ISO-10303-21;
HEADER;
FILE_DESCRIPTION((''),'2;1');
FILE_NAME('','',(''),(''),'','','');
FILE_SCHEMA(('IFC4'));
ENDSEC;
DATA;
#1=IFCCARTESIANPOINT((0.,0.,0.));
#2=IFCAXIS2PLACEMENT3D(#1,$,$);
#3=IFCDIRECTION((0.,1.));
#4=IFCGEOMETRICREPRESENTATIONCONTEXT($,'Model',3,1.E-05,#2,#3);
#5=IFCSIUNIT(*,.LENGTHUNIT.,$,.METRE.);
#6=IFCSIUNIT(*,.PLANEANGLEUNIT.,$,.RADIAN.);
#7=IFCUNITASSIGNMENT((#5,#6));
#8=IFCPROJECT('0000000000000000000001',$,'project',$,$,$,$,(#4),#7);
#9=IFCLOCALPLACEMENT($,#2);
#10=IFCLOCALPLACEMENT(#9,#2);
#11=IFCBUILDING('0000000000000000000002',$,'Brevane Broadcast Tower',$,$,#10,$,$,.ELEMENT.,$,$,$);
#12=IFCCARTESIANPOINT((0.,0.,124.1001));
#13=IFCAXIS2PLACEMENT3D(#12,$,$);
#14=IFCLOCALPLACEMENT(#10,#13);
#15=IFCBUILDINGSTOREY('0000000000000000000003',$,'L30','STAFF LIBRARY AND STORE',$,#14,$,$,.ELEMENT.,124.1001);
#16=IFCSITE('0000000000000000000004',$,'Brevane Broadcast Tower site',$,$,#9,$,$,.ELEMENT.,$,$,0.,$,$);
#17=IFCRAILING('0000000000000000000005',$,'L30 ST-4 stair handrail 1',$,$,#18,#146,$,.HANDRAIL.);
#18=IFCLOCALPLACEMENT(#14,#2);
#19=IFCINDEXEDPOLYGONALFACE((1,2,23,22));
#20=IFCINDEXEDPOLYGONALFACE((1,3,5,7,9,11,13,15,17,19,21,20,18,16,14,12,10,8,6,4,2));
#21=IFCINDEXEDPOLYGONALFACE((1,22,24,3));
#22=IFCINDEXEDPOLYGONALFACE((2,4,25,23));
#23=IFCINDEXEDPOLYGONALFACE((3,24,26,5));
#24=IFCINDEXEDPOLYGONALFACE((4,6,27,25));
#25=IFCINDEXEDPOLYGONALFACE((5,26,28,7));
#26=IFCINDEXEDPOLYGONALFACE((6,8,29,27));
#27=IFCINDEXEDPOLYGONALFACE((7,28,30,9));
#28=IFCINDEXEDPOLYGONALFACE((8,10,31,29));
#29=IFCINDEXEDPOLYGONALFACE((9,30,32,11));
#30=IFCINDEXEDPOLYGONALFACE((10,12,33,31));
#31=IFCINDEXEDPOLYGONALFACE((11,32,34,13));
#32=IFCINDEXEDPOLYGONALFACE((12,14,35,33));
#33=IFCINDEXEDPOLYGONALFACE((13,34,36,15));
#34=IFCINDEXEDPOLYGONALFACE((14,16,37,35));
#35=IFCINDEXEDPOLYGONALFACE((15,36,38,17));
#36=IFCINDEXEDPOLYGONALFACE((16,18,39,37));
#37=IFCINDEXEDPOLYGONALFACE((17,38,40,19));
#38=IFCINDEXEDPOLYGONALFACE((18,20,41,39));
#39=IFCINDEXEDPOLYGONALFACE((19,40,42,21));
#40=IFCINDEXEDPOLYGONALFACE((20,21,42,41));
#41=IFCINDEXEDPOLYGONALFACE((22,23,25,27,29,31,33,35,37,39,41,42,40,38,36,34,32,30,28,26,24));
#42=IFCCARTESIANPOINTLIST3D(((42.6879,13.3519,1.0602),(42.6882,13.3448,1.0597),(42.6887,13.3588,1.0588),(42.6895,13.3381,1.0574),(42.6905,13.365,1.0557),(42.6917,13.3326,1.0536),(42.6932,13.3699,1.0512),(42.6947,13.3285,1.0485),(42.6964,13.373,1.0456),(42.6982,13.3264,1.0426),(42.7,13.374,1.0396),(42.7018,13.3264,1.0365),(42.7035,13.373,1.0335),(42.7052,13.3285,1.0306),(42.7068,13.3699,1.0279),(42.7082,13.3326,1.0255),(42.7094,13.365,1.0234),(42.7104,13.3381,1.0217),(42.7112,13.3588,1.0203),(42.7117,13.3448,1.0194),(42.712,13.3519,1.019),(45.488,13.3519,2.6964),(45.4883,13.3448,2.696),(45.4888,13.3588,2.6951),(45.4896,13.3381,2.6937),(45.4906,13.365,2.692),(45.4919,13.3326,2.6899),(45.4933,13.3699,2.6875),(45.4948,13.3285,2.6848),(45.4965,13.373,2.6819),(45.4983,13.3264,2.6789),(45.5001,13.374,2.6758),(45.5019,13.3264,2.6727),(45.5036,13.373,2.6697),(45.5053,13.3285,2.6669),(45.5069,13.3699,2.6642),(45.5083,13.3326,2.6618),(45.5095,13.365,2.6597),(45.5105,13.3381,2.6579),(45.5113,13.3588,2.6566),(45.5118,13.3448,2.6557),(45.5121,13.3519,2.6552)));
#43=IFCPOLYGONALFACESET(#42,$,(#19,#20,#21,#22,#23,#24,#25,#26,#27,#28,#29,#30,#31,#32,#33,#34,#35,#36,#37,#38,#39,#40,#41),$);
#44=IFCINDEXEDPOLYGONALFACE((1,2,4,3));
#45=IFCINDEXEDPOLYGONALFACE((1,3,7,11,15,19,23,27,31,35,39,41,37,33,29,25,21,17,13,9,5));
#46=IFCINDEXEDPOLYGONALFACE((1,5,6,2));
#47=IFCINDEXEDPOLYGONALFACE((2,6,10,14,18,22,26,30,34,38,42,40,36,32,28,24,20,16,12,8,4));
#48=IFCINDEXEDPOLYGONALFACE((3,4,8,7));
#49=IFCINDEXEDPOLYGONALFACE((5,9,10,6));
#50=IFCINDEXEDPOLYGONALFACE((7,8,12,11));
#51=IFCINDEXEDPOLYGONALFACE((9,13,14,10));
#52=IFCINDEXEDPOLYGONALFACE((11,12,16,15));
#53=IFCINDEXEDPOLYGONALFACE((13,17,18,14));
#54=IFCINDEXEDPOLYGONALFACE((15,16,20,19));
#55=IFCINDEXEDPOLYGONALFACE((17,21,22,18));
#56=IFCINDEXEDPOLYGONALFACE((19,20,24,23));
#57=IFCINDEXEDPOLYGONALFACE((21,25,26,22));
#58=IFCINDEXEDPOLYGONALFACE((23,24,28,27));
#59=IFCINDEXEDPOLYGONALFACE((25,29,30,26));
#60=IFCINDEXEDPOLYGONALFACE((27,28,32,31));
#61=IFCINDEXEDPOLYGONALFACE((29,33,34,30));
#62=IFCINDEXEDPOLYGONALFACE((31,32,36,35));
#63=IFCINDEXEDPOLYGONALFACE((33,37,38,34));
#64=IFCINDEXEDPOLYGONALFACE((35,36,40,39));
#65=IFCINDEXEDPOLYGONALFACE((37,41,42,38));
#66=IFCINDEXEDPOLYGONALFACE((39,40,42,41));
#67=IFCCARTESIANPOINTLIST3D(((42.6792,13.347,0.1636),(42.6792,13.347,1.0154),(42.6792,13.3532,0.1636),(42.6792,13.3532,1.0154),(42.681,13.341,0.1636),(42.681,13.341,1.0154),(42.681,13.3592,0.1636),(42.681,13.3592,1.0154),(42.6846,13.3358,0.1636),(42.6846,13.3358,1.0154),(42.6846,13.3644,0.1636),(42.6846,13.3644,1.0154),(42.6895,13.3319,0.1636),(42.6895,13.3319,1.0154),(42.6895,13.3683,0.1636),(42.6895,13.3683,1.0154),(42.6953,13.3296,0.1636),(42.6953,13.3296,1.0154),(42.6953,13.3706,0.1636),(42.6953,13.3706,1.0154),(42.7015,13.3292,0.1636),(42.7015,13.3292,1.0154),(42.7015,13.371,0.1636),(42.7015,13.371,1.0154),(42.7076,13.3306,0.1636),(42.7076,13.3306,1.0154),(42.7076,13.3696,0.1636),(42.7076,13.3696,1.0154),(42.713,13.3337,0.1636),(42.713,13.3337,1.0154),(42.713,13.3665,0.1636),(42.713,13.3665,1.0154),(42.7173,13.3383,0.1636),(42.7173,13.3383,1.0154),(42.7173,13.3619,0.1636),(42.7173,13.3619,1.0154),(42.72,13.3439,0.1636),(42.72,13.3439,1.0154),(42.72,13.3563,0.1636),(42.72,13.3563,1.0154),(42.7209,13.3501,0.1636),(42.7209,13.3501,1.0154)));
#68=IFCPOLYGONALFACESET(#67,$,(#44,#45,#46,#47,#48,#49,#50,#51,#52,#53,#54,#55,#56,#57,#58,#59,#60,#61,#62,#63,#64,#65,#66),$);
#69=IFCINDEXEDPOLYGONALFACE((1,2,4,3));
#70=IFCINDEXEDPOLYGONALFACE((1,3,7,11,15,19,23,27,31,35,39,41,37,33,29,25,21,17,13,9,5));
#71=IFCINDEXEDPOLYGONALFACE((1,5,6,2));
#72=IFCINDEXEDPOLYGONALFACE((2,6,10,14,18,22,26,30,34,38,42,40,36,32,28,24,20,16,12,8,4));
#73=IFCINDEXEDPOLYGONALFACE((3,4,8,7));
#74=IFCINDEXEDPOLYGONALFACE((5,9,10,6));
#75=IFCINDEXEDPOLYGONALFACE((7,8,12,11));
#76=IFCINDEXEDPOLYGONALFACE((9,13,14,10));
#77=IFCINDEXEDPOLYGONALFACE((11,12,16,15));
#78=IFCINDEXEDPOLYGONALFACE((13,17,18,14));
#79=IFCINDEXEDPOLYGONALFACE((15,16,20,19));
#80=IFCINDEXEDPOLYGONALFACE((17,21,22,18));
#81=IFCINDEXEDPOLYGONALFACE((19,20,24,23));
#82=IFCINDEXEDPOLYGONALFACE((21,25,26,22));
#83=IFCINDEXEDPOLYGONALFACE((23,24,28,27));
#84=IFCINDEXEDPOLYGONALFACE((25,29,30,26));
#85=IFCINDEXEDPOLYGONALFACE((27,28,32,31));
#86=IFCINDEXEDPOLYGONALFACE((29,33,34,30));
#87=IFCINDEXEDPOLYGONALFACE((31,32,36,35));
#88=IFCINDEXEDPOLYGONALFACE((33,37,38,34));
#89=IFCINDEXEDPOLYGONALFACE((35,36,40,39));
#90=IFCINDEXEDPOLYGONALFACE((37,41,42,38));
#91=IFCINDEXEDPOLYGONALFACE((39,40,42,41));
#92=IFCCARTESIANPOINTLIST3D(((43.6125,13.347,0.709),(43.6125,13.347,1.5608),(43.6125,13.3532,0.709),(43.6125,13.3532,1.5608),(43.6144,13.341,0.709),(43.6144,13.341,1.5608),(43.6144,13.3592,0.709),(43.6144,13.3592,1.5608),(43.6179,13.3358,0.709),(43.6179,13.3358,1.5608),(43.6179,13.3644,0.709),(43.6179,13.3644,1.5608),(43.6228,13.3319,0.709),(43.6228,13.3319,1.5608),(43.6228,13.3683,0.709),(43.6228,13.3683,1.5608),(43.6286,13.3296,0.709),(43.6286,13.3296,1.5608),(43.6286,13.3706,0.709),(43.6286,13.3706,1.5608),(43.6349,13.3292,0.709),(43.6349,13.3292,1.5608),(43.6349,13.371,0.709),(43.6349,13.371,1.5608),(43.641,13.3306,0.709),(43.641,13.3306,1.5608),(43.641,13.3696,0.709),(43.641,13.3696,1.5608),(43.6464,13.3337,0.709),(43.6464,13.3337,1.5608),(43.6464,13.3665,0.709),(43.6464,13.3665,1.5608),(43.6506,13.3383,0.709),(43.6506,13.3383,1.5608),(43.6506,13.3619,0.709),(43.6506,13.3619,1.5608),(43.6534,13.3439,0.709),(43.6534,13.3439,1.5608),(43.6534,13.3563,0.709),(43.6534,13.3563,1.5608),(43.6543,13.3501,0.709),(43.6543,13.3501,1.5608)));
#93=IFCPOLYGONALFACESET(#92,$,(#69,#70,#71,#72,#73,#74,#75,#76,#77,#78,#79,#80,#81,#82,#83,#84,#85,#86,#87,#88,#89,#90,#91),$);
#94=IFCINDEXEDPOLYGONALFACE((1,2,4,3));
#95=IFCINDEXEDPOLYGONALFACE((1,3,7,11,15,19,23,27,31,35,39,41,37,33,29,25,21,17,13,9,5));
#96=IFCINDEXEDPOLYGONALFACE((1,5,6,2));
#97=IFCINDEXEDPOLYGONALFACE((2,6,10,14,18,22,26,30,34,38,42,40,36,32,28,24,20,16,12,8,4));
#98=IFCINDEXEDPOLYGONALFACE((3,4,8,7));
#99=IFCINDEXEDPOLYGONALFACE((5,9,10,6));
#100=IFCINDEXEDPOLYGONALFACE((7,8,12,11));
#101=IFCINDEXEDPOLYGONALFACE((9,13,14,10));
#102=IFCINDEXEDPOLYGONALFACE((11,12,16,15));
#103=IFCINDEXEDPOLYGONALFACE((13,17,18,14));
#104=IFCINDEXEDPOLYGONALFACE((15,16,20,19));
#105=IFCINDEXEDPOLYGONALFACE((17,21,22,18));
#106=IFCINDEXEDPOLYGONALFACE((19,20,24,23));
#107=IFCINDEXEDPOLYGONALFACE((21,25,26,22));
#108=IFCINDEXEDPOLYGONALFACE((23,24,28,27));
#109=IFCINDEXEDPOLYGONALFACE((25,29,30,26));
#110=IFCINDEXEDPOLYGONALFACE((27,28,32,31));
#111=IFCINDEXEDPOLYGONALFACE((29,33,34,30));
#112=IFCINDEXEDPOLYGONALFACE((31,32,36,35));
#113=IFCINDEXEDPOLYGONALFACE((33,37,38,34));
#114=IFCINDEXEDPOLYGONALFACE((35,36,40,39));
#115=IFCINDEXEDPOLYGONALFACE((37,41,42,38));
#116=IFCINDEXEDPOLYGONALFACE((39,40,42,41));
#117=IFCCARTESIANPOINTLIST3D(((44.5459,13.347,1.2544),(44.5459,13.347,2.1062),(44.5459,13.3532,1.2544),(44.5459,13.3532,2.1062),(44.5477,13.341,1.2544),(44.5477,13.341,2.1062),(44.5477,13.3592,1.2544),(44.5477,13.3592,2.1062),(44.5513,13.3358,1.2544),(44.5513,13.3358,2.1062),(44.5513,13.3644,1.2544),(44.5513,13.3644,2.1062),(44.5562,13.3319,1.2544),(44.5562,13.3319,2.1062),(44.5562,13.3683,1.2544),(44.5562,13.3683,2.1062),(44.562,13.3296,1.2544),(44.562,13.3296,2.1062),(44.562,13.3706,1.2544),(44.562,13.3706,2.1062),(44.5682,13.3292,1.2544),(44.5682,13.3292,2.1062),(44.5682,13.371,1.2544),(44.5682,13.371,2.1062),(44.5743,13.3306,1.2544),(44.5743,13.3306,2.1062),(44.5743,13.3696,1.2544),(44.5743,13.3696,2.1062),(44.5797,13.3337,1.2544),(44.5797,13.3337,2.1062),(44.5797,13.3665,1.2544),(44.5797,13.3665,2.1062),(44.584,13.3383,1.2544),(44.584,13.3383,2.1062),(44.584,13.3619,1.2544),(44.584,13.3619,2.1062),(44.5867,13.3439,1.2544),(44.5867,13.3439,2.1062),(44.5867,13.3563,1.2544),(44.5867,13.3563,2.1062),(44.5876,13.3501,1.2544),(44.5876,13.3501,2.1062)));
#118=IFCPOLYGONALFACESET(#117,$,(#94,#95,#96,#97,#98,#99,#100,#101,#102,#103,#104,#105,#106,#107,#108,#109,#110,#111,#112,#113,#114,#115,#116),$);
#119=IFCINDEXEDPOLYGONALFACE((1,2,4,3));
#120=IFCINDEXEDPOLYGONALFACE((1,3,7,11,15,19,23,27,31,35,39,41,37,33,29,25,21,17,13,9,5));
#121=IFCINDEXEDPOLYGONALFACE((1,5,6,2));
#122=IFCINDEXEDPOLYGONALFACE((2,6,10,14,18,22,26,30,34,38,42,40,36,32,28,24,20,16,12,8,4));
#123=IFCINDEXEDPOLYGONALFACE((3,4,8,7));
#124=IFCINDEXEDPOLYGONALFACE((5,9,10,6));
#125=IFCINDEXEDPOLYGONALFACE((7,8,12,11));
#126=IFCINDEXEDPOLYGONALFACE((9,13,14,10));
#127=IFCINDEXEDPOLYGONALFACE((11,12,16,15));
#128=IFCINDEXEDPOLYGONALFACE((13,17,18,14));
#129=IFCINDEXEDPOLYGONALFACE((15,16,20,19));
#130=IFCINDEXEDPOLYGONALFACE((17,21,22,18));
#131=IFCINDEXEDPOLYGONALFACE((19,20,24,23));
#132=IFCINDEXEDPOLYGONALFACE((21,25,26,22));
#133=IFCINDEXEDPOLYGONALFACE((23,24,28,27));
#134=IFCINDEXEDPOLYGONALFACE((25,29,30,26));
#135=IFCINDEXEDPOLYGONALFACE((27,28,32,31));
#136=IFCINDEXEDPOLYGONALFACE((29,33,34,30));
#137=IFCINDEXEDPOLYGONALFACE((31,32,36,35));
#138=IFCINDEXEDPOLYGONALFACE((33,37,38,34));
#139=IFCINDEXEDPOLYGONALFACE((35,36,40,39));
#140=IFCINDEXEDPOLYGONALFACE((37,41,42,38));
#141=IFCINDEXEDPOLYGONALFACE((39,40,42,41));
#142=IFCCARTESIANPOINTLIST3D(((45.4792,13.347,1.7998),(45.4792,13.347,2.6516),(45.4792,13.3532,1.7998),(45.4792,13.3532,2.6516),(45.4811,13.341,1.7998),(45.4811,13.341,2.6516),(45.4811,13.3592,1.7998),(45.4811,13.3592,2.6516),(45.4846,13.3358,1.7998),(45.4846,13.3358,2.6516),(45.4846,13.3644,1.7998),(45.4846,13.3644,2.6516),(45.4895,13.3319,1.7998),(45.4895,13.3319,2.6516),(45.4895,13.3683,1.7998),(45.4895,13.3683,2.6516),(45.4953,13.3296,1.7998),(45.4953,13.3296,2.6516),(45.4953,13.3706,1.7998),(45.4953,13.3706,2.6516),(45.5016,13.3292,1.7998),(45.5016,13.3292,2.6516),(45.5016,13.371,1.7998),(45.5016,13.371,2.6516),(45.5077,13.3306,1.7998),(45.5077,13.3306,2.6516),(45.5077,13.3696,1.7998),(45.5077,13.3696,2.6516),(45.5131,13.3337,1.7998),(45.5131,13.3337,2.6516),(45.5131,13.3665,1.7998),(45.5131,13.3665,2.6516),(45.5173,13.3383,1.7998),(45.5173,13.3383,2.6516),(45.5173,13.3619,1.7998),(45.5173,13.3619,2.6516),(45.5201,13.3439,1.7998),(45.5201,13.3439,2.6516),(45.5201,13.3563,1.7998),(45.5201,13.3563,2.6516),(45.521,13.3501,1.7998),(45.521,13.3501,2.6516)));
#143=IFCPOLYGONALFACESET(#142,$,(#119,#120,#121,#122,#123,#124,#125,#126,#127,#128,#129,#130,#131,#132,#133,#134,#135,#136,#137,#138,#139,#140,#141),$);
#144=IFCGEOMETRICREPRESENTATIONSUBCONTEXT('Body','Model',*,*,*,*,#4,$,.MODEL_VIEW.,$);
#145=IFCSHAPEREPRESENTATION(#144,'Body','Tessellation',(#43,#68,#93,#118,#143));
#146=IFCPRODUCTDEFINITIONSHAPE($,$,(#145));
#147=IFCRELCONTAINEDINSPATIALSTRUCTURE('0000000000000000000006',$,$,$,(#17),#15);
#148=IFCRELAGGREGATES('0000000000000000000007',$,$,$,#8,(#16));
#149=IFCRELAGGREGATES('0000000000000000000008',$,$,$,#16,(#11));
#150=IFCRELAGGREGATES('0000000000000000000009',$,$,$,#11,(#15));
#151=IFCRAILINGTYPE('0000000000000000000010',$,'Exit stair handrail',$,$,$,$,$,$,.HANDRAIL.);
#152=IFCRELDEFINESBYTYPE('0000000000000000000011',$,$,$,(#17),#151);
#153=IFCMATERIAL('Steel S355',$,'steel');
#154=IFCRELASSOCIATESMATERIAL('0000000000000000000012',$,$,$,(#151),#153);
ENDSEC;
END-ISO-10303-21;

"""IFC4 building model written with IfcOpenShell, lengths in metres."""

from ifc_helpers import new_model, si_unit, direction, frame, origin, origin_2d, place, context, subcontext, project, spatial, circle, extrude, material, type_object, element, save


model = new_model("IFC4")

# Units and contexts
model_context = context("Model", 3, precision=1e-05, world=origin(), true_north=direction((0.0, 1.0)))
body_context = subcontext(model_context, "Body", "Model", "MODEL_VIEW")
ifc_project = project(units=[si_unit("LENGTHUNIT", "METRE"), si_unit("PLANEANGLEUNIT", "RADIAN")], contexts=[model_context])

# Site, building, storey
site_placement = place(None, origin())
site = spatial("IfcSite", under=ifc_project, at=site_placement, Name="Brevane Broadcast Tower site", CompositionType="ELEMENT", RefElevation=0.0)
building_placement = place(site_placement, origin())
building = spatial("IfcBuilding", under=site, at=building_placement, Name="Brevane Broadcast Tower", CompositionType="ELEMENT")
storey_placement = place(building_placement, frame((0.0, 0.0, 124.1001)))
storey = spatial("IfcBuildingStorey", under=building, at=storey_placement, Name="L30", Description="STAFF LIBRARY AND STORE", CompositionType="ELEMENT", Elevation=124.1001)

# Railing
ifc_material_1 = material(Name="Steel S355", Category="steel")
railing_type_1 = type_object("IfcRailingType", Name="Exit stair handrail", PredefinedType="HANDRAIL", material=ifc_material_1)
railing_1_placement = place(storey_placement, frame((42.7, 13.3501, 0.1636)))
element("IfcRailing", 1, at=railing_1_placement, inside=storey, type_object=railing_type_1, Name="L30 ST-4 stair handrail 1", PredefinedType="HANDRAIL", context=body_context, shape_type="SweptSolid", body=[
    extrude(circle(Radius=0.0239, at=origin_2d()), frame((0.0, 0.0, 0.876), z_axis=(0.863394, 0.0, 0.504531), x_axis=(0.0, 1.0, 0.0)), (0.0, 0.0, 1.0), 3.2432),
    extrude(circle(Radius=0.021, at=origin_2d()), origin(), (0.0, 0.0, 1.0), 0.8518),
    extrude(circle(Radius=0.021, at=origin_2d()), frame((0.9333, 0.0, 0.5454)), (0.0, 0.0, 1.0), 0.8518),
    extrude(circle(Radius=0.021, at=origin_2d()), frame((1.8667, 0.0, 1.0908)), (0.0, 0.0, 1.0), 0.8518),
    extrude(circle(Radius=0.021, at=origin_2d()), frame((2.8, 0.0, 1.6362)), (0.0, 0.0, 1.0), 0.8518),
])

save(model, "model.ifc")
